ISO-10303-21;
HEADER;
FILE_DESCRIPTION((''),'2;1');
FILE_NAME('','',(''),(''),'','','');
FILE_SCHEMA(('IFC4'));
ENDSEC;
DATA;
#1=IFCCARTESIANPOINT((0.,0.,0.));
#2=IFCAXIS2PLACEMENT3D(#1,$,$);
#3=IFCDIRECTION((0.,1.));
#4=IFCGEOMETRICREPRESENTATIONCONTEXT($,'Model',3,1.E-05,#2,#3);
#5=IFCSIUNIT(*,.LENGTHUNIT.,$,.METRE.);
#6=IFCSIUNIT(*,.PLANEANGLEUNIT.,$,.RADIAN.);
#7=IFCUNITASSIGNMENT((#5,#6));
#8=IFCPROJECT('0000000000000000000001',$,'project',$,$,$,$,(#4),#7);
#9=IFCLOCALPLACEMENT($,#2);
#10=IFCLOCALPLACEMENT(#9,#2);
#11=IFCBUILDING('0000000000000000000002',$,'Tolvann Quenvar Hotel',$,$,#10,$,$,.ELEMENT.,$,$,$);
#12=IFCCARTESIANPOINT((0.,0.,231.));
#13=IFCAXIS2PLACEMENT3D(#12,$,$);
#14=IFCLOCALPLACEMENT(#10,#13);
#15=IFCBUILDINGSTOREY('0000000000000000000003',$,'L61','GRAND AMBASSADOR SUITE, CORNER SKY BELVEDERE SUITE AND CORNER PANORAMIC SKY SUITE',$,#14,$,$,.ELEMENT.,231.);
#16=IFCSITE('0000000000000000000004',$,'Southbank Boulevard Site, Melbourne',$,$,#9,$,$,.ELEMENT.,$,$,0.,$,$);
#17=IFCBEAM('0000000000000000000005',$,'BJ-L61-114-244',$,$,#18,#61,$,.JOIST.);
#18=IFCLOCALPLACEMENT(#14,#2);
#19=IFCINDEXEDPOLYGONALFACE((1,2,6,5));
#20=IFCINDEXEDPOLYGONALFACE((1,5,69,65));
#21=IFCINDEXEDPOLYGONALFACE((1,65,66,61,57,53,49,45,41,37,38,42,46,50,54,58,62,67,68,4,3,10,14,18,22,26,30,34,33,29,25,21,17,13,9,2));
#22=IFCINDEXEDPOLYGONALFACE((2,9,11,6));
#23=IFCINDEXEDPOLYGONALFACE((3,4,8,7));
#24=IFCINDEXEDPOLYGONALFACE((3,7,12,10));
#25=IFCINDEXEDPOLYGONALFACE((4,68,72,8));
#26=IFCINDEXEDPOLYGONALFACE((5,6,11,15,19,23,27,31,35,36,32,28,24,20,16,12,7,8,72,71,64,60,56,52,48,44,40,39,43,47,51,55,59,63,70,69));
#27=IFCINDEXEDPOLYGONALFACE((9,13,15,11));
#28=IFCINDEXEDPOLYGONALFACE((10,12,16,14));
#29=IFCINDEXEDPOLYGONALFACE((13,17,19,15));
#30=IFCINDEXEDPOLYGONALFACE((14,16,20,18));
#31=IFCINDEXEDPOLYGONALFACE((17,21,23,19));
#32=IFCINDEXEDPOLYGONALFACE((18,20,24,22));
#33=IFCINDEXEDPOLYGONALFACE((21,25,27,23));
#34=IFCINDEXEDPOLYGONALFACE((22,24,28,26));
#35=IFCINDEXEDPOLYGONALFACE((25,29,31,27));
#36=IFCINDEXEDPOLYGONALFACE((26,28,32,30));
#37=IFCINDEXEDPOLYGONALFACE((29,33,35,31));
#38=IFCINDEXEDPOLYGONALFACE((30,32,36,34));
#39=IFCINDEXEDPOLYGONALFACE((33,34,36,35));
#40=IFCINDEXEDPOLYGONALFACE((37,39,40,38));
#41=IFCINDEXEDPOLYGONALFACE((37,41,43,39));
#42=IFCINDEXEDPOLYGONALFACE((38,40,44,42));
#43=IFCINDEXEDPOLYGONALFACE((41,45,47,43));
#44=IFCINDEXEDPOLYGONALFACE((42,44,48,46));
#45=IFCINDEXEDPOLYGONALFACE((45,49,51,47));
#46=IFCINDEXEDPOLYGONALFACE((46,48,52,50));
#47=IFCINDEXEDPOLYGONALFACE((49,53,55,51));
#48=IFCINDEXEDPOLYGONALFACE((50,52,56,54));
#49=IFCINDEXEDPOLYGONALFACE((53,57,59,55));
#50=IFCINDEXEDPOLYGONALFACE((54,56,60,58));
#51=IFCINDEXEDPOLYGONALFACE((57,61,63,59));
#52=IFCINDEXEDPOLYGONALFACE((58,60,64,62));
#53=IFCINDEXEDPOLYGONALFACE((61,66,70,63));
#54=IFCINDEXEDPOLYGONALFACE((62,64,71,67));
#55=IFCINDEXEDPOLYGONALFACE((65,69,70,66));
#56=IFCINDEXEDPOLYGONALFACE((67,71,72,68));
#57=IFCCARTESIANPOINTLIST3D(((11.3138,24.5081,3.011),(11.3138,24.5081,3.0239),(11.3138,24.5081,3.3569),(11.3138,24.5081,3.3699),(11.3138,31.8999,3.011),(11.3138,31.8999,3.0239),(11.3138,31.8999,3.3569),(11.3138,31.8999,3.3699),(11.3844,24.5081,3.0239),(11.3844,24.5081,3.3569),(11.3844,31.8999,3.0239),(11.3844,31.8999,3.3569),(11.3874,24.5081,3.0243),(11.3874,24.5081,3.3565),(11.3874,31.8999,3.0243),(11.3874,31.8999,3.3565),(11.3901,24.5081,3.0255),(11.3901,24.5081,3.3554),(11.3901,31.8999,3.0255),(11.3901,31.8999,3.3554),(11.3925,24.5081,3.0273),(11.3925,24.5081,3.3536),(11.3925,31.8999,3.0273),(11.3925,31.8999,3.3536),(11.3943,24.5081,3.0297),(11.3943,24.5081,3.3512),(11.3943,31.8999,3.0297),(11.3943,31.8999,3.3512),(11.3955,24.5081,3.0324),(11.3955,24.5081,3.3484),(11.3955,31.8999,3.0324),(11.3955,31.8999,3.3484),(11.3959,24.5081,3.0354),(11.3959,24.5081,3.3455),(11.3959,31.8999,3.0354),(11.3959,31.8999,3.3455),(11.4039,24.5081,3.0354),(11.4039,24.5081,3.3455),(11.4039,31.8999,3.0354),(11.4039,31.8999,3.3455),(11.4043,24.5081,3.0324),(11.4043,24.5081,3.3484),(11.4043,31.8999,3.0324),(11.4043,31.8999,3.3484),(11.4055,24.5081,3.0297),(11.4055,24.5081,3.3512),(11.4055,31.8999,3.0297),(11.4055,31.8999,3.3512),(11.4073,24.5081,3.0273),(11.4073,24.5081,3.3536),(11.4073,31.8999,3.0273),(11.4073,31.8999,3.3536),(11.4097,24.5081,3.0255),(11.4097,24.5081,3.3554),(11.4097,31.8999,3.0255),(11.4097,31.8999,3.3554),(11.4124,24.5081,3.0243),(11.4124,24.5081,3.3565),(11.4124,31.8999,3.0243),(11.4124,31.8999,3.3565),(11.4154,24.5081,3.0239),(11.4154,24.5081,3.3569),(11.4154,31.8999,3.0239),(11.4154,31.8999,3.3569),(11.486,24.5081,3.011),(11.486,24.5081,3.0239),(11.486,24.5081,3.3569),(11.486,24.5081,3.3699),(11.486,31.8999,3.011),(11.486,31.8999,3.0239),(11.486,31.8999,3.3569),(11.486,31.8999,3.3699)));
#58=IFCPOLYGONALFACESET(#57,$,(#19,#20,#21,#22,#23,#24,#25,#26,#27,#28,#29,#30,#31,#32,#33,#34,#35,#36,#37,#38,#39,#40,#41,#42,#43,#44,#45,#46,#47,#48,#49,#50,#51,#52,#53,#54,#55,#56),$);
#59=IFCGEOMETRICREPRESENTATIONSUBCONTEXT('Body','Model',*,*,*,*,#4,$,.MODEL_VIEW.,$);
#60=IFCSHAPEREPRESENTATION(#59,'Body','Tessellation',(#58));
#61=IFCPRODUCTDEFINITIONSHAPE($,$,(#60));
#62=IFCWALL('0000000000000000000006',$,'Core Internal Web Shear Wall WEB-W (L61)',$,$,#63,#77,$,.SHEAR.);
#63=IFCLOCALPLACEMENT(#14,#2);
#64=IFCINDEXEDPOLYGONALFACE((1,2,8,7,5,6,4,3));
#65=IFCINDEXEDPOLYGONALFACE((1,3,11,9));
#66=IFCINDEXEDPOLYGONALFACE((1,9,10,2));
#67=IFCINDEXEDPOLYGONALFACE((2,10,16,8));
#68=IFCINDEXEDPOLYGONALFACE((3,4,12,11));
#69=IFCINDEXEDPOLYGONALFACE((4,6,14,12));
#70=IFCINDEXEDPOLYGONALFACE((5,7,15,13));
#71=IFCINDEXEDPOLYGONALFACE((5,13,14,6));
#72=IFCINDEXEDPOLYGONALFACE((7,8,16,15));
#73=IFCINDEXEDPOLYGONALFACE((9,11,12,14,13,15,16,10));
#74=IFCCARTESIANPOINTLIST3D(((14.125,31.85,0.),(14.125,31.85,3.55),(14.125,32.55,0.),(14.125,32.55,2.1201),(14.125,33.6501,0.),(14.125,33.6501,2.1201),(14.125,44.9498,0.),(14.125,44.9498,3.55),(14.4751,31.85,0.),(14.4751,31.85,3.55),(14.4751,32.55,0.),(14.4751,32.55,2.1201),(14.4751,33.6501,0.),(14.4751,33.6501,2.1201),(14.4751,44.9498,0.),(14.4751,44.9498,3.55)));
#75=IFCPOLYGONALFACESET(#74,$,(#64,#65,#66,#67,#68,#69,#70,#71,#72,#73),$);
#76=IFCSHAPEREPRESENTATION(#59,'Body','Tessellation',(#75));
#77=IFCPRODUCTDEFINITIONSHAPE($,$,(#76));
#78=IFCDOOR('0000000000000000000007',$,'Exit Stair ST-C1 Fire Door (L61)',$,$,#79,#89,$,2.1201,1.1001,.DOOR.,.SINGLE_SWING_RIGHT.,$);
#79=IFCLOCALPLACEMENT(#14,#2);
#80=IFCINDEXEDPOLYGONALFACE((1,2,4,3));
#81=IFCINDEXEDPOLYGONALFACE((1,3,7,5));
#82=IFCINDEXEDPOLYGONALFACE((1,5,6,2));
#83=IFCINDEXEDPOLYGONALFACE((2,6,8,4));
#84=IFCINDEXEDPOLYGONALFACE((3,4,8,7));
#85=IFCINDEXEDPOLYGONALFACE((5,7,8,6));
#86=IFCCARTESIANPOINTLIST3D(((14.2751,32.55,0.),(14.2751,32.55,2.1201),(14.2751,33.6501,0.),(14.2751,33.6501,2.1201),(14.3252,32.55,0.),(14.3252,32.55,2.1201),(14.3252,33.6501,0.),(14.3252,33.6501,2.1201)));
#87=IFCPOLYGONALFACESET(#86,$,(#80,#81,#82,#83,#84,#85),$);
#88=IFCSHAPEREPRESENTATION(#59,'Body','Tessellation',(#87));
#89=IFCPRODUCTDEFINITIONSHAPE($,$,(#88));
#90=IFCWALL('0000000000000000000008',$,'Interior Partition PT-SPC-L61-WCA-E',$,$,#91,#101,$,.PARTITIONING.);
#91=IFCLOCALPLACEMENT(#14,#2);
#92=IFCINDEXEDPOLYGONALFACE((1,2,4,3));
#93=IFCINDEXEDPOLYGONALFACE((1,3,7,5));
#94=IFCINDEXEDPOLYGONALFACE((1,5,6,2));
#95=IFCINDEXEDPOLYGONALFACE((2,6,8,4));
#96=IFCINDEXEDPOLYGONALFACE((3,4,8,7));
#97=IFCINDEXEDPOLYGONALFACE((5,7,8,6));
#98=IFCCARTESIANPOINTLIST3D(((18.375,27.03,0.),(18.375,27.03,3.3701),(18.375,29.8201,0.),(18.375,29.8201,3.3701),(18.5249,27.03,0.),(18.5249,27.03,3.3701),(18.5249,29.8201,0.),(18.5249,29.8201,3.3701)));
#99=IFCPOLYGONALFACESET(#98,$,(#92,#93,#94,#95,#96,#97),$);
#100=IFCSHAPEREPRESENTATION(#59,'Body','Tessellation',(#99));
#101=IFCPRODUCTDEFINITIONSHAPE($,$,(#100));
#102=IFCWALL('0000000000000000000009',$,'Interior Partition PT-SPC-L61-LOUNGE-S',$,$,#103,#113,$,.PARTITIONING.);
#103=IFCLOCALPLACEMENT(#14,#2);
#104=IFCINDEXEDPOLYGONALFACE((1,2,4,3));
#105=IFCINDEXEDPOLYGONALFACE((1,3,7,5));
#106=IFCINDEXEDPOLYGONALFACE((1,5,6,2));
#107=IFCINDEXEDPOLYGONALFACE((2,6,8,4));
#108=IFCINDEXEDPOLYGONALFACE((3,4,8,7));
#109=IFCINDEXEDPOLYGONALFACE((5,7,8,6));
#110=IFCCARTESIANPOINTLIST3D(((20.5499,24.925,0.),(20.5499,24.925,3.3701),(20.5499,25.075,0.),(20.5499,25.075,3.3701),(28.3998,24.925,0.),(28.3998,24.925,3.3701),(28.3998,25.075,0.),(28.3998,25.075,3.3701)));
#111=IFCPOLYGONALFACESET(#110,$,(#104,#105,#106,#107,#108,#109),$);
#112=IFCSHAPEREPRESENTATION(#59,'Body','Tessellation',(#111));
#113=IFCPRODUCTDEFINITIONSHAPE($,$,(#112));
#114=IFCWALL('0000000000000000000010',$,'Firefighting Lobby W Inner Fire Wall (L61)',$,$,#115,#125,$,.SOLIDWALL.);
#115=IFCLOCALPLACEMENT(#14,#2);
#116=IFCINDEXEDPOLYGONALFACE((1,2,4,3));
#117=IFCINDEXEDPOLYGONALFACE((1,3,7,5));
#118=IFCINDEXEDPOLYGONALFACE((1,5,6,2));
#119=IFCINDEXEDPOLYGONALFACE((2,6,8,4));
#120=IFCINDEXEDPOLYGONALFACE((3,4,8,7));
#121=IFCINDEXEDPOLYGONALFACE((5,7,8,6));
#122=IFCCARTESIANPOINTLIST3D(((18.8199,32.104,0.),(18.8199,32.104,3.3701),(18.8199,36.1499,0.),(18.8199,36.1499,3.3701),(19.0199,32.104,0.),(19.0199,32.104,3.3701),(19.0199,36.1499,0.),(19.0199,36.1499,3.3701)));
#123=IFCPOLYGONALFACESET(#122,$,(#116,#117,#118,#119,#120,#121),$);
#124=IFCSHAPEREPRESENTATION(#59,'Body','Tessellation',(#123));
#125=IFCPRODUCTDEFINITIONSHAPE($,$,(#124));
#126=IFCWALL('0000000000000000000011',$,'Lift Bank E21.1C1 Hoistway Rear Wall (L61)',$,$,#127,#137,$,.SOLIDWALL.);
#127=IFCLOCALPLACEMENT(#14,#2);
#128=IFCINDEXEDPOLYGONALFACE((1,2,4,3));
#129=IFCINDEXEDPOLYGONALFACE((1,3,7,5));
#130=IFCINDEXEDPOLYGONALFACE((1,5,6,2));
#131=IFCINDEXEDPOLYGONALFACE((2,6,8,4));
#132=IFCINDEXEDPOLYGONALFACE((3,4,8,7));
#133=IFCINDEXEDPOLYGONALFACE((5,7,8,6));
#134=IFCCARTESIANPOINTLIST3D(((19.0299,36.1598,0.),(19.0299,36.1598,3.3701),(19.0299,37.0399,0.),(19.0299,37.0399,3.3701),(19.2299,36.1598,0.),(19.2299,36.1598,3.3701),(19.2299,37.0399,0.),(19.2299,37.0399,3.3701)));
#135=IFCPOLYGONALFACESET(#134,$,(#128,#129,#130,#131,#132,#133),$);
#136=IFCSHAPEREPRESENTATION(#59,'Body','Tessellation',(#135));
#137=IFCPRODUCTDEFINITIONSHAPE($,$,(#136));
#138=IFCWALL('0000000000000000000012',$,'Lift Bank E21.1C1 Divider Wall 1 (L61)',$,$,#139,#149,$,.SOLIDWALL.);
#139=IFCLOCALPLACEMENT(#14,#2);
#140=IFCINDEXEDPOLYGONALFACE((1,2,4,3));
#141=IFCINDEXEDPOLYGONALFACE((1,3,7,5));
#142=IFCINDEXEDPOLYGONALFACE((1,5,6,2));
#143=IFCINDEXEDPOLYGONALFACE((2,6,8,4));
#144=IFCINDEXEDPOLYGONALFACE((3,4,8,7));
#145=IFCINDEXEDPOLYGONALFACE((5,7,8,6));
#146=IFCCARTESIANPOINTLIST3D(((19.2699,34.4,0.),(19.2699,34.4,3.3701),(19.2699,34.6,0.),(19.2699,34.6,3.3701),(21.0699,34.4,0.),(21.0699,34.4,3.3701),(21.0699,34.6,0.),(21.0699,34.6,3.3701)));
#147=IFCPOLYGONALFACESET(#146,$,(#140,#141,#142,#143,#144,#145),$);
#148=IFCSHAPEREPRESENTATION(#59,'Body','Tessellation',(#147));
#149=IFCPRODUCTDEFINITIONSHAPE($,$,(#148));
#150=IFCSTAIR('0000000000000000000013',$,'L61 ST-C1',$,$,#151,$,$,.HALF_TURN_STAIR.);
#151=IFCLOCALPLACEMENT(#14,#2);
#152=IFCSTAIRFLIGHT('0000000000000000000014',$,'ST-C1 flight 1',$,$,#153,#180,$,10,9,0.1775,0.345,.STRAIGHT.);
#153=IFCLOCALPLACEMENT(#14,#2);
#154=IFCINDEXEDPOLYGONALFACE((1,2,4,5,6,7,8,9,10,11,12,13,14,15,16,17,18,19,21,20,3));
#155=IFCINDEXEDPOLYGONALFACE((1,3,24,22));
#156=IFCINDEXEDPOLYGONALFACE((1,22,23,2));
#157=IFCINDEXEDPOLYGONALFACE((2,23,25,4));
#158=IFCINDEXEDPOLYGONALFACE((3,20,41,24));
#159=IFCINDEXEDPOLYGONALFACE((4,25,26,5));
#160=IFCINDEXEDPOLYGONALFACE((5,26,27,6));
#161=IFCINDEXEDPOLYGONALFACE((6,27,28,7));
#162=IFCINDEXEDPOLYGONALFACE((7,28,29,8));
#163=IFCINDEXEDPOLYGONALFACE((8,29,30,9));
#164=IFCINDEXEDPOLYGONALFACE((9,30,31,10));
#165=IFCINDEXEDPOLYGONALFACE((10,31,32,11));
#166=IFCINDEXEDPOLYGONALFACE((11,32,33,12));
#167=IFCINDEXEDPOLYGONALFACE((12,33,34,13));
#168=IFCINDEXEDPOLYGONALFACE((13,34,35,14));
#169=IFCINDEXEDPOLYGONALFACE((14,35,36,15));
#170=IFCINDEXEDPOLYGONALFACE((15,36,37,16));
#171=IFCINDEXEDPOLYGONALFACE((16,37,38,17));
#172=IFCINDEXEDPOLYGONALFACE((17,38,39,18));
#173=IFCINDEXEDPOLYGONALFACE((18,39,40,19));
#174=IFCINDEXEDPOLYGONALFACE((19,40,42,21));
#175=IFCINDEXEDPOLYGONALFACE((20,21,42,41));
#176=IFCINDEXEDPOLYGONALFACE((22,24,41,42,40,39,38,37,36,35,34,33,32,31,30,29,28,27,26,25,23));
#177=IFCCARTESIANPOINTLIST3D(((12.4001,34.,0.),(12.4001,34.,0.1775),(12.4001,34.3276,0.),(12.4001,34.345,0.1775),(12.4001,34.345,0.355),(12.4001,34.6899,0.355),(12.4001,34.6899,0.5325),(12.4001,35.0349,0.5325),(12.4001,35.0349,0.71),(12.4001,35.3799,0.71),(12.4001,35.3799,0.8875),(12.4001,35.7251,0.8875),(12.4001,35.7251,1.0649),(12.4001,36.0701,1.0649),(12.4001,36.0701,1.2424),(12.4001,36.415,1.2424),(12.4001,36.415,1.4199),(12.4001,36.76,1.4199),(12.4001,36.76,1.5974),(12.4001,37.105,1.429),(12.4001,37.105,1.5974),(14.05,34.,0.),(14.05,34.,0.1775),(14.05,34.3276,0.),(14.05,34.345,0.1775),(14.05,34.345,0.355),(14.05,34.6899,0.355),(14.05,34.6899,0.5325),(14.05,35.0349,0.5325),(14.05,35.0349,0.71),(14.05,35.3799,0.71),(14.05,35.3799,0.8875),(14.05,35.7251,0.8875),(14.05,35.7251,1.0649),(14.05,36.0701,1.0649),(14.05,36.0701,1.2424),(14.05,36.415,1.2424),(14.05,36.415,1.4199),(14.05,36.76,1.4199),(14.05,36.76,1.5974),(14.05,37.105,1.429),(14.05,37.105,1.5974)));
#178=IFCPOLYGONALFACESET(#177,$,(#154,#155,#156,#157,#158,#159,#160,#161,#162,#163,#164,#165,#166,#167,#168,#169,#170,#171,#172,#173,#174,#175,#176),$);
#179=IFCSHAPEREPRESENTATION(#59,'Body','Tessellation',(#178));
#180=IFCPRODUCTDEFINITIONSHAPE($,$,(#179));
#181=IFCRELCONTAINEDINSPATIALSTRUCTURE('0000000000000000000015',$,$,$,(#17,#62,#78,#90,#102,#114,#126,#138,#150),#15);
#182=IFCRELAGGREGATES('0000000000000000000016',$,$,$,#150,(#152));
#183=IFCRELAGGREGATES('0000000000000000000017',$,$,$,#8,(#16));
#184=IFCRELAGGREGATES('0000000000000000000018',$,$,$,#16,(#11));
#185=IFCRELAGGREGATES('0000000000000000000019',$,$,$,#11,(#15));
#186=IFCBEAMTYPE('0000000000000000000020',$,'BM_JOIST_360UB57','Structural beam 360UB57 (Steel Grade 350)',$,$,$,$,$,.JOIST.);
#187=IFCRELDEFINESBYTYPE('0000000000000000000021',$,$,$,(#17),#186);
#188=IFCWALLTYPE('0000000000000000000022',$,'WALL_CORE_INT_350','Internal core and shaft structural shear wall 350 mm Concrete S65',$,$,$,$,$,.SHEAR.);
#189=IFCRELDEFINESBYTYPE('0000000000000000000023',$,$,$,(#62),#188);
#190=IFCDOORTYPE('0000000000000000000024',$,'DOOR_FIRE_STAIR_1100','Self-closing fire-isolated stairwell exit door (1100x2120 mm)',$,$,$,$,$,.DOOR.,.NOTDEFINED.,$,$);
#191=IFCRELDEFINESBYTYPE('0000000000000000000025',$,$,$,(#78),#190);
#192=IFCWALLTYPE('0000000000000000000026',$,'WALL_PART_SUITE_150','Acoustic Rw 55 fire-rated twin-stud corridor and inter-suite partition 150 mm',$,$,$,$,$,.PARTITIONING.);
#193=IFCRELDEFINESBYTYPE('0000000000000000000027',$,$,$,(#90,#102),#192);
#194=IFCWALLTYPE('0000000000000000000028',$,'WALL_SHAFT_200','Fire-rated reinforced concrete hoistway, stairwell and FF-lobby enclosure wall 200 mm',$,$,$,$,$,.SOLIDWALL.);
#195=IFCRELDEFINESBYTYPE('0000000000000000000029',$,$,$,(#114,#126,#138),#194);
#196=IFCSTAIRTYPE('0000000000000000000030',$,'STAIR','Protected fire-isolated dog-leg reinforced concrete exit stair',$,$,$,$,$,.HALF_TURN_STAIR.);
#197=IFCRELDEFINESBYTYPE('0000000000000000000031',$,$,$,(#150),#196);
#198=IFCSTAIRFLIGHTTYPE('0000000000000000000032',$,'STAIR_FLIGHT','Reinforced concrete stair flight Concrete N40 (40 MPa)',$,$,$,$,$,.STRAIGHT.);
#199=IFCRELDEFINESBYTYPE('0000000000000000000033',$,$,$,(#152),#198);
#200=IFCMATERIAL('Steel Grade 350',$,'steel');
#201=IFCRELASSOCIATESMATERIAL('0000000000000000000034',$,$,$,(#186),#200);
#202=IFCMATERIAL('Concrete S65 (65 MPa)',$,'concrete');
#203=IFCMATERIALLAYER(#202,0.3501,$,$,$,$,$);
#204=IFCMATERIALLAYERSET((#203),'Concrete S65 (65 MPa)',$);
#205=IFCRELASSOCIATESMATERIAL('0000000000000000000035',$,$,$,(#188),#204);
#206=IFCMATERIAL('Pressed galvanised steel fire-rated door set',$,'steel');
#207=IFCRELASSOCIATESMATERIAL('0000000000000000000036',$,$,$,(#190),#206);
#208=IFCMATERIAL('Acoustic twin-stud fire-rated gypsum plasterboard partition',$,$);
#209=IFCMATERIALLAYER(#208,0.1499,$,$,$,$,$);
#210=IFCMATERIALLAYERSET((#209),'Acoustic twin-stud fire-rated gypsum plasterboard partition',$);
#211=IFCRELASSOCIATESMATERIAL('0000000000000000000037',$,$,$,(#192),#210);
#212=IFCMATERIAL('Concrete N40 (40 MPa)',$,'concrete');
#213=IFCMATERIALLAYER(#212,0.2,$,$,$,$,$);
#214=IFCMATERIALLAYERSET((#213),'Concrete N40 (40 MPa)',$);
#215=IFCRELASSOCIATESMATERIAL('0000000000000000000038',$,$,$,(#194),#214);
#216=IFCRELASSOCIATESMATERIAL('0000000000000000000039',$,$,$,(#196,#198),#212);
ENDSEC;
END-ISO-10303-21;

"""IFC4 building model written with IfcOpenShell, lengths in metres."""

from ifc_helpers import new_model, si_unit, direction, frame, frame_2d, origin, origin_2d, place, context, subcontext, project, spatial, polyline, rectangle, i_section, outline, extrude, source, transform, mapped, material, layer, layer_set, material_profile, profile_set, type_object, type_shapes, element, fill, aggregate, save


model = new_model("IFC4")

# Units and contexts
model_context = context("Model", 3, precision=1e-05, world=origin(), true_north=direction((0.0, 1.0)))
body_context = subcontext(model_context, "Body", "Model", "MODEL_VIEW")
ifc_project = project(units=[si_unit("LENGTHUNIT", "METRE"), si_unit("PLANEANGLEUNIT", "RADIAN")], contexts=[model_context])

# Site, building, storey
site_placement = place(None, origin())
site = spatial("IfcSite", under=ifc_project, at=site_placement, Name="Southbank Boulevard Site, Melbourne", CompositionType="ELEMENT", RefElevation=0.0)
building_placement = place(site_placement, origin())
building = spatial("IfcBuilding", under=site, at=building_placement, Name="Tolvann Quenvar Hotel", CompositionType="ELEMENT")
storey_placement = place(building_placement, frame((0.0, 0.0, 231.0)))
storey = spatial("IfcBuildingStorey", under=building, at=storey_placement, Name="L61", Description="GRAND AMBASSADOR SUITE, CORNER SKY BELVEDERE SUITE AND CORNER PANORAMIC SKY SUITE", CompositionType="ELEMENT", Elevation=231.0)

# Beam
ifc_material_1 = material(Name="Steel Grade 350", Category="steel")
ifc_material_profile_1 = material_profile(ifc_material_1, i_section(OverallWidth=0.1721, OverallDepth=0.3589, WebThickness=0.0081, FlangeThickness=0.0129, FilletRadius=0.0115, at=origin_2d()), Name="360UB57")
ifc_profile_set_1 = profile_set([ifc_material_profile_1], Name="Steel Grade 350")
beam_type_1 = type_object("IfcBeamType", Name="BM_JOIST_360UB57", Description="Structural beam 360UB57 (Steel Grade 350)", PredefinedType="JOIST", material=ifc_profile_set_1)
shared_shape_1 = source(origin(), body_context, "Body", "SweptSolid", [
    extrude(i_section(OverallWidth=0.1721, OverallDepth=0.3589, WebThickness=0.0081, FlangeThickness=0.0129, FilletRadius=0.0115, at=origin_2d()), origin(), (0.0, 0.0, 1.0), 7.3918),
])
type_shapes(beam_type_1, [shared_shape_1])
beam_1_placement = place(storey_placement, frame((11.3999, 24.5081, 3.1904), z_axis=(0.0, 1.0, 0.0), x_axis=(-1.0, 0.0, 0.0)))
element("IfcBeam", 1, at=beam_1_placement, inside=storey, type_object=beam_type_1, Name="BJ-L61-114-244", PredefinedType="JOIST", context=body_context, shape_type="MappedRepresentation", body=[
    mapped(shared_shape_1, transform((0.0, 0.0, 0.0), x_axis=(1.0, 0.0, 0.0), y_axis=(0.0, 1.0, 0.0), z_axis=(0.0, 0.0, 1.0), scale=1.0)),
])

# Wall, opening, door
ifc_material_2 = material(Name="Concrete S65 (65 MPa)", Category="concrete")
ifc_layer_1 = layer(ifc_material_2, 0.3501)
ifc_layer_set_1 = layer_set([ifc_layer_1], Name="Concrete S65 (65 MPa)")
wall_type_1 = type_object("IfcWallType", Name="WALL_CORE_INT_350", Description="Internal core and shaft structural shear wall 350 mm Concrete S65", PredefinedType="SHEAR", material=ifc_layer_set_1)
wall_1_placement = place(storey_placement, frame((14.3, 31.8501, 0.0), z_axis=(0.0, 0.0, 1.0), x_axis=(0.0, 1.0, 0.0)))
wall_1 = element("IfcWall", 2, at=wall_1_placement, inside=storey, type_object=wall_type_1, Name="Core Internal Web Shear Wall WEB-W (L61)", PredefinedType="SHEAR", context=body_context, shape_type="SweptSolid", body=[
    extrude(rectangle(XDim=13.0999, YDim=0.3501, at=frame_2d((6.5498, 0.0))), origin(), (0.0, 0.0, 1.0), 3.55),
])
opening_1_placement = place(wall_1_placement, frame((0.7, 0.0, 0.0)))
opening_1 = element("IfcOpeningElement", 3, at=opening_1_placement, cuts=wall_1, PredefinedType="OPENING", context=body_context, shape_type="SweptSolid", body=[
    extrude(rectangle(XDim=1.1001, YDim=2.1201, at=frame_2d((0.55, 1.0601))), frame((0.0, 0.1851, 0.0), z_axis=(0.0, -1.0, 0.0), x_axis=(1.0, 0.0, 0.0)), (0.0, 0.0, 1.0), 0.3701),
])
ifc_material_3 = material(Name="Pressed galvanised steel fire-rated door set", Category="steel")
door_type_1 = type_object("IfcDoorType", Name="DOOR_FIRE_STAIR_1100", Description="Self-closing fire-isolated stairwell exit door (1100x2120 mm)", OperationType="NOTDEFINED", PredefinedType="DOOR", material=ifc_material_3)
shared_shape_2 = source(origin(), body_context, "Body", "SweptSolid", [
    extrude(rectangle(XDim=1.1001, YDim=2.1201, at=frame_2d((0.55, 1.0601))), frame((0.0, 0.0249, 0.0), z_axis=(0.0, -1.0, 0.0), x_axis=(1.0, 0.0, 0.0)), (0.0, 0.0, 1.0), 0.05),
])
type_shapes(door_type_1, [shared_shape_2])
door_1_placement = place(opening_1_placement, origin())
door_1 = element("IfcDoor", 4, at=door_1_placement, inside=storey, type_object=door_type_1, Name="Exit Stair ST-C1 Fire Door (L61)", OperationType="SINGLE_SWING_RIGHT", OverallHeight=2.1201, OverallWidth=1.1001, PredefinedType="DOOR", context=body_context, shape_type="MappedRepresentation", body=[
    mapped(shared_shape_2, transform((0.0, 0.0, 0.0), x_axis=(1.0, 0.0, 0.0), y_axis=(0.0, 1.0, 0.0), z_axis=(0.0, 0.0, 1.0), scale=1.0)),
])
fill(opening_1, door_1)

# Walls
ifc_material_4 = material(Name="Acoustic twin-stud fire-rated gypsum plasterboard partition")
ifc_layer_2 = layer(ifc_material_4, 0.1499)
ifc_layer_set_2 = layer_set([ifc_layer_2], Name="Acoustic twin-stud fire-rated gypsum plasterboard partition")
wall_type_2 = type_object("IfcWallType", Name="WALL_PART_SUITE_150", Description="Acoustic Rw 55 fire-rated twin-stud corridor and inter-suite partition 150 mm", PredefinedType="PARTITIONING", material=ifc_layer_set_2)
wall_2_placement = place(storey_placement, frame((18.45, 27.03, 0.0), z_axis=(0.0, 0.0, 1.0), x_axis=(0.0, 1.0, 0.0)))
element("IfcWall", 5, at=wall_2_placement, inside=storey, type_object=wall_type_2, Name="Interior Partition PT-SPC-L61-WCA-E", PredefinedType="PARTITIONING", context=body_context, shape_type="SweptSolid", body=[
    extrude(rectangle(XDim=2.79, YDim=0.1499, at=frame_2d((1.395, 0.0))), origin(), (0.0, 0.0, 1.0), 3.3701),
])
wall_3_placement = place(storey_placement, frame((20.55, 25.0, 0.0), z_axis=(0.0, 0.0, 1.0), x_axis=(1.0, 0.0, 0.0)))
element("IfcWall", 6, at=wall_3_placement, inside=storey, type_object=wall_type_2, Name="Interior Partition PT-SPC-L61-LOUNGE-S", PredefinedType="PARTITIONING", context=body_context, shape_type="SweptSolid", body=[
    extrude(rectangle(XDim=7.8499, YDim=0.1499, at=frame_2d((3.9248, 0.0))), origin(), (0.0, 0.0, 1.0), 3.3701),
])
ifc_material_5 = material(Name="Concrete N40 (40 MPa)", Category="concrete")
ifc_layer_3 = layer(ifc_material_5, 0.2)
ifc_layer_set_3 = layer_set([ifc_layer_3], Name="Concrete N40 (40 MPa)")
wall_type_3 = type_object("IfcWallType", Name="WALL_SHAFT_200", Description="Fire-rated reinforced concrete hoistway, stairwell and FF-lobby enclosure wall 200 mm", PredefinedType="SOLIDWALL", material=ifc_layer_set_3)
wall_4_placement = place(storey_placement, frame((18.9199, 32.104, 0.0), z_axis=(0.0, 0.0, 1.0), x_axis=(0.0, 1.0, 0.0)))
element("IfcWall", 7, at=wall_4_placement, inside=storey, type_object=wall_type_3, Name="Firefighting Lobby W Inner Fire Wall (L61)", PredefinedType="SOLIDWALL", context=body_context, shape_type="SweptSolid", body=[
    extrude(rectangle(XDim=4.0459, YDim=0.2, at=frame_2d((2.0229, 0.0))), origin(), (0.0, 0.0, 1.0), 3.3701),
])
wall_5_placement = place(storey_placement, frame((19.1299, 36.1599, 0.0), z_axis=(0.0, 0.0, 1.0), x_axis=(0.0, 1.0, 0.0)))
element("IfcWall", 8, at=wall_5_placement, inside=storey, type_object=wall_type_3, Name="Lift Bank E21.1C1 Hoistway Rear Wall (L61)", PredefinedType="SOLIDWALL", context=body_context, shape_type="SweptSolid", body=[
    extrude(rectangle(XDim=0.8801, YDim=0.2, at=frame_2d((0.4399, 0.0))), origin(), (0.0, 0.0, 1.0), 3.3701),
])
wall_6_placement = place(storey_placement, frame((19.27, 34.5, 0.0), z_axis=(0.0, 0.0, 1.0), x_axis=(1.0, 0.0, 0.0)))
element("IfcWall", 9, at=wall_6_placement, inside=storey, type_object=wall_type_3, Name="Lift Bank E21.1C1 Divider Wall 1 (L61)", PredefinedType="SOLIDWALL", context=body_context, shape_type="SweptSolid", body=[
    extrude(rectangle(XDim=1.8, YDim=0.2, at=frame_2d((0.8999, 0.0))), origin(), (0.0, 0.0, 1.0), 3.3701),
])

# Stair, stair flight
stair_type = type_object("IfcStairType", Name="STAIR", Description="Protected fire-isolated dog-leg reinforced concrete exit stair", PredefinedType="HALF_TURN_STAIR", material=ifc_material_5)
stair_placement = place(storey_placement, origin())
stair = element("IfcStair", 10, at=stair_placement, inside=storey, type_object=stair_type, Name="L61 ST-C1", PredefinedType="HALF_TURN_STAIR")
stair_flight_type = type_object("IfcStairFlightType", Name="STAIR_FLIGHT", Description="Reinforced concrete stair flight Concrete N40 (40 MPa)", PredefinedType="STRAIGHT", material=ifc_material_5)
stair_flight_placement = place(storey_placement, frame((13.2251, 34.0, 0.0), z_axis=(0.0, 0.0, 1.0), x_axis=(0.0, 1.0, 0.0)))
stair_flight = element("IfcStairFlight", 11, at=stair_flight_placement, type_object=stair_flight_type, Name="ST-C1 flight 1", NumberOfRisers=10, NumberOfTreads=9, PredefinedType="STRAIGHT", RiserHeight=0.1775, TreadLength=0.345, context=body_context, shape_type="SweptSolid", body=[
    extrude(outline(polyline([(0.0, 0.0), (0.0, 0.1775), (0.345, 0.1775), (0.345, 0.355), (0.6899, 0.355), (0.6899, 0.5325), (1.0349, 0.5325), (1.0349, 0.71), (1.3799, 0.71), (1.3799, 0.8875), (1.7251, 0.8875), (1.7251, 1.0649), (2.0701, 1.0649), (2.0701, 1.2424), (2.415, 1.2424), (2.415, 1.4199), (2.76, 1.4199), (2.76, 1.5974), (3.105, 1.5974), (3.105, 1.7749), (3.105, 1.429), (0.3276, 0.0), (0.0, 0.0)])), frame((0.0, 0.825, 0.0), z_axis=(0.0, -1.0, 0.0), x_axis=(1.0, 0.0, 0.0)), (0.0, 0.0, 1.0), 1.6499),
])
aggregate(stair, [stair_flight])

save(model, "model.ifc")
